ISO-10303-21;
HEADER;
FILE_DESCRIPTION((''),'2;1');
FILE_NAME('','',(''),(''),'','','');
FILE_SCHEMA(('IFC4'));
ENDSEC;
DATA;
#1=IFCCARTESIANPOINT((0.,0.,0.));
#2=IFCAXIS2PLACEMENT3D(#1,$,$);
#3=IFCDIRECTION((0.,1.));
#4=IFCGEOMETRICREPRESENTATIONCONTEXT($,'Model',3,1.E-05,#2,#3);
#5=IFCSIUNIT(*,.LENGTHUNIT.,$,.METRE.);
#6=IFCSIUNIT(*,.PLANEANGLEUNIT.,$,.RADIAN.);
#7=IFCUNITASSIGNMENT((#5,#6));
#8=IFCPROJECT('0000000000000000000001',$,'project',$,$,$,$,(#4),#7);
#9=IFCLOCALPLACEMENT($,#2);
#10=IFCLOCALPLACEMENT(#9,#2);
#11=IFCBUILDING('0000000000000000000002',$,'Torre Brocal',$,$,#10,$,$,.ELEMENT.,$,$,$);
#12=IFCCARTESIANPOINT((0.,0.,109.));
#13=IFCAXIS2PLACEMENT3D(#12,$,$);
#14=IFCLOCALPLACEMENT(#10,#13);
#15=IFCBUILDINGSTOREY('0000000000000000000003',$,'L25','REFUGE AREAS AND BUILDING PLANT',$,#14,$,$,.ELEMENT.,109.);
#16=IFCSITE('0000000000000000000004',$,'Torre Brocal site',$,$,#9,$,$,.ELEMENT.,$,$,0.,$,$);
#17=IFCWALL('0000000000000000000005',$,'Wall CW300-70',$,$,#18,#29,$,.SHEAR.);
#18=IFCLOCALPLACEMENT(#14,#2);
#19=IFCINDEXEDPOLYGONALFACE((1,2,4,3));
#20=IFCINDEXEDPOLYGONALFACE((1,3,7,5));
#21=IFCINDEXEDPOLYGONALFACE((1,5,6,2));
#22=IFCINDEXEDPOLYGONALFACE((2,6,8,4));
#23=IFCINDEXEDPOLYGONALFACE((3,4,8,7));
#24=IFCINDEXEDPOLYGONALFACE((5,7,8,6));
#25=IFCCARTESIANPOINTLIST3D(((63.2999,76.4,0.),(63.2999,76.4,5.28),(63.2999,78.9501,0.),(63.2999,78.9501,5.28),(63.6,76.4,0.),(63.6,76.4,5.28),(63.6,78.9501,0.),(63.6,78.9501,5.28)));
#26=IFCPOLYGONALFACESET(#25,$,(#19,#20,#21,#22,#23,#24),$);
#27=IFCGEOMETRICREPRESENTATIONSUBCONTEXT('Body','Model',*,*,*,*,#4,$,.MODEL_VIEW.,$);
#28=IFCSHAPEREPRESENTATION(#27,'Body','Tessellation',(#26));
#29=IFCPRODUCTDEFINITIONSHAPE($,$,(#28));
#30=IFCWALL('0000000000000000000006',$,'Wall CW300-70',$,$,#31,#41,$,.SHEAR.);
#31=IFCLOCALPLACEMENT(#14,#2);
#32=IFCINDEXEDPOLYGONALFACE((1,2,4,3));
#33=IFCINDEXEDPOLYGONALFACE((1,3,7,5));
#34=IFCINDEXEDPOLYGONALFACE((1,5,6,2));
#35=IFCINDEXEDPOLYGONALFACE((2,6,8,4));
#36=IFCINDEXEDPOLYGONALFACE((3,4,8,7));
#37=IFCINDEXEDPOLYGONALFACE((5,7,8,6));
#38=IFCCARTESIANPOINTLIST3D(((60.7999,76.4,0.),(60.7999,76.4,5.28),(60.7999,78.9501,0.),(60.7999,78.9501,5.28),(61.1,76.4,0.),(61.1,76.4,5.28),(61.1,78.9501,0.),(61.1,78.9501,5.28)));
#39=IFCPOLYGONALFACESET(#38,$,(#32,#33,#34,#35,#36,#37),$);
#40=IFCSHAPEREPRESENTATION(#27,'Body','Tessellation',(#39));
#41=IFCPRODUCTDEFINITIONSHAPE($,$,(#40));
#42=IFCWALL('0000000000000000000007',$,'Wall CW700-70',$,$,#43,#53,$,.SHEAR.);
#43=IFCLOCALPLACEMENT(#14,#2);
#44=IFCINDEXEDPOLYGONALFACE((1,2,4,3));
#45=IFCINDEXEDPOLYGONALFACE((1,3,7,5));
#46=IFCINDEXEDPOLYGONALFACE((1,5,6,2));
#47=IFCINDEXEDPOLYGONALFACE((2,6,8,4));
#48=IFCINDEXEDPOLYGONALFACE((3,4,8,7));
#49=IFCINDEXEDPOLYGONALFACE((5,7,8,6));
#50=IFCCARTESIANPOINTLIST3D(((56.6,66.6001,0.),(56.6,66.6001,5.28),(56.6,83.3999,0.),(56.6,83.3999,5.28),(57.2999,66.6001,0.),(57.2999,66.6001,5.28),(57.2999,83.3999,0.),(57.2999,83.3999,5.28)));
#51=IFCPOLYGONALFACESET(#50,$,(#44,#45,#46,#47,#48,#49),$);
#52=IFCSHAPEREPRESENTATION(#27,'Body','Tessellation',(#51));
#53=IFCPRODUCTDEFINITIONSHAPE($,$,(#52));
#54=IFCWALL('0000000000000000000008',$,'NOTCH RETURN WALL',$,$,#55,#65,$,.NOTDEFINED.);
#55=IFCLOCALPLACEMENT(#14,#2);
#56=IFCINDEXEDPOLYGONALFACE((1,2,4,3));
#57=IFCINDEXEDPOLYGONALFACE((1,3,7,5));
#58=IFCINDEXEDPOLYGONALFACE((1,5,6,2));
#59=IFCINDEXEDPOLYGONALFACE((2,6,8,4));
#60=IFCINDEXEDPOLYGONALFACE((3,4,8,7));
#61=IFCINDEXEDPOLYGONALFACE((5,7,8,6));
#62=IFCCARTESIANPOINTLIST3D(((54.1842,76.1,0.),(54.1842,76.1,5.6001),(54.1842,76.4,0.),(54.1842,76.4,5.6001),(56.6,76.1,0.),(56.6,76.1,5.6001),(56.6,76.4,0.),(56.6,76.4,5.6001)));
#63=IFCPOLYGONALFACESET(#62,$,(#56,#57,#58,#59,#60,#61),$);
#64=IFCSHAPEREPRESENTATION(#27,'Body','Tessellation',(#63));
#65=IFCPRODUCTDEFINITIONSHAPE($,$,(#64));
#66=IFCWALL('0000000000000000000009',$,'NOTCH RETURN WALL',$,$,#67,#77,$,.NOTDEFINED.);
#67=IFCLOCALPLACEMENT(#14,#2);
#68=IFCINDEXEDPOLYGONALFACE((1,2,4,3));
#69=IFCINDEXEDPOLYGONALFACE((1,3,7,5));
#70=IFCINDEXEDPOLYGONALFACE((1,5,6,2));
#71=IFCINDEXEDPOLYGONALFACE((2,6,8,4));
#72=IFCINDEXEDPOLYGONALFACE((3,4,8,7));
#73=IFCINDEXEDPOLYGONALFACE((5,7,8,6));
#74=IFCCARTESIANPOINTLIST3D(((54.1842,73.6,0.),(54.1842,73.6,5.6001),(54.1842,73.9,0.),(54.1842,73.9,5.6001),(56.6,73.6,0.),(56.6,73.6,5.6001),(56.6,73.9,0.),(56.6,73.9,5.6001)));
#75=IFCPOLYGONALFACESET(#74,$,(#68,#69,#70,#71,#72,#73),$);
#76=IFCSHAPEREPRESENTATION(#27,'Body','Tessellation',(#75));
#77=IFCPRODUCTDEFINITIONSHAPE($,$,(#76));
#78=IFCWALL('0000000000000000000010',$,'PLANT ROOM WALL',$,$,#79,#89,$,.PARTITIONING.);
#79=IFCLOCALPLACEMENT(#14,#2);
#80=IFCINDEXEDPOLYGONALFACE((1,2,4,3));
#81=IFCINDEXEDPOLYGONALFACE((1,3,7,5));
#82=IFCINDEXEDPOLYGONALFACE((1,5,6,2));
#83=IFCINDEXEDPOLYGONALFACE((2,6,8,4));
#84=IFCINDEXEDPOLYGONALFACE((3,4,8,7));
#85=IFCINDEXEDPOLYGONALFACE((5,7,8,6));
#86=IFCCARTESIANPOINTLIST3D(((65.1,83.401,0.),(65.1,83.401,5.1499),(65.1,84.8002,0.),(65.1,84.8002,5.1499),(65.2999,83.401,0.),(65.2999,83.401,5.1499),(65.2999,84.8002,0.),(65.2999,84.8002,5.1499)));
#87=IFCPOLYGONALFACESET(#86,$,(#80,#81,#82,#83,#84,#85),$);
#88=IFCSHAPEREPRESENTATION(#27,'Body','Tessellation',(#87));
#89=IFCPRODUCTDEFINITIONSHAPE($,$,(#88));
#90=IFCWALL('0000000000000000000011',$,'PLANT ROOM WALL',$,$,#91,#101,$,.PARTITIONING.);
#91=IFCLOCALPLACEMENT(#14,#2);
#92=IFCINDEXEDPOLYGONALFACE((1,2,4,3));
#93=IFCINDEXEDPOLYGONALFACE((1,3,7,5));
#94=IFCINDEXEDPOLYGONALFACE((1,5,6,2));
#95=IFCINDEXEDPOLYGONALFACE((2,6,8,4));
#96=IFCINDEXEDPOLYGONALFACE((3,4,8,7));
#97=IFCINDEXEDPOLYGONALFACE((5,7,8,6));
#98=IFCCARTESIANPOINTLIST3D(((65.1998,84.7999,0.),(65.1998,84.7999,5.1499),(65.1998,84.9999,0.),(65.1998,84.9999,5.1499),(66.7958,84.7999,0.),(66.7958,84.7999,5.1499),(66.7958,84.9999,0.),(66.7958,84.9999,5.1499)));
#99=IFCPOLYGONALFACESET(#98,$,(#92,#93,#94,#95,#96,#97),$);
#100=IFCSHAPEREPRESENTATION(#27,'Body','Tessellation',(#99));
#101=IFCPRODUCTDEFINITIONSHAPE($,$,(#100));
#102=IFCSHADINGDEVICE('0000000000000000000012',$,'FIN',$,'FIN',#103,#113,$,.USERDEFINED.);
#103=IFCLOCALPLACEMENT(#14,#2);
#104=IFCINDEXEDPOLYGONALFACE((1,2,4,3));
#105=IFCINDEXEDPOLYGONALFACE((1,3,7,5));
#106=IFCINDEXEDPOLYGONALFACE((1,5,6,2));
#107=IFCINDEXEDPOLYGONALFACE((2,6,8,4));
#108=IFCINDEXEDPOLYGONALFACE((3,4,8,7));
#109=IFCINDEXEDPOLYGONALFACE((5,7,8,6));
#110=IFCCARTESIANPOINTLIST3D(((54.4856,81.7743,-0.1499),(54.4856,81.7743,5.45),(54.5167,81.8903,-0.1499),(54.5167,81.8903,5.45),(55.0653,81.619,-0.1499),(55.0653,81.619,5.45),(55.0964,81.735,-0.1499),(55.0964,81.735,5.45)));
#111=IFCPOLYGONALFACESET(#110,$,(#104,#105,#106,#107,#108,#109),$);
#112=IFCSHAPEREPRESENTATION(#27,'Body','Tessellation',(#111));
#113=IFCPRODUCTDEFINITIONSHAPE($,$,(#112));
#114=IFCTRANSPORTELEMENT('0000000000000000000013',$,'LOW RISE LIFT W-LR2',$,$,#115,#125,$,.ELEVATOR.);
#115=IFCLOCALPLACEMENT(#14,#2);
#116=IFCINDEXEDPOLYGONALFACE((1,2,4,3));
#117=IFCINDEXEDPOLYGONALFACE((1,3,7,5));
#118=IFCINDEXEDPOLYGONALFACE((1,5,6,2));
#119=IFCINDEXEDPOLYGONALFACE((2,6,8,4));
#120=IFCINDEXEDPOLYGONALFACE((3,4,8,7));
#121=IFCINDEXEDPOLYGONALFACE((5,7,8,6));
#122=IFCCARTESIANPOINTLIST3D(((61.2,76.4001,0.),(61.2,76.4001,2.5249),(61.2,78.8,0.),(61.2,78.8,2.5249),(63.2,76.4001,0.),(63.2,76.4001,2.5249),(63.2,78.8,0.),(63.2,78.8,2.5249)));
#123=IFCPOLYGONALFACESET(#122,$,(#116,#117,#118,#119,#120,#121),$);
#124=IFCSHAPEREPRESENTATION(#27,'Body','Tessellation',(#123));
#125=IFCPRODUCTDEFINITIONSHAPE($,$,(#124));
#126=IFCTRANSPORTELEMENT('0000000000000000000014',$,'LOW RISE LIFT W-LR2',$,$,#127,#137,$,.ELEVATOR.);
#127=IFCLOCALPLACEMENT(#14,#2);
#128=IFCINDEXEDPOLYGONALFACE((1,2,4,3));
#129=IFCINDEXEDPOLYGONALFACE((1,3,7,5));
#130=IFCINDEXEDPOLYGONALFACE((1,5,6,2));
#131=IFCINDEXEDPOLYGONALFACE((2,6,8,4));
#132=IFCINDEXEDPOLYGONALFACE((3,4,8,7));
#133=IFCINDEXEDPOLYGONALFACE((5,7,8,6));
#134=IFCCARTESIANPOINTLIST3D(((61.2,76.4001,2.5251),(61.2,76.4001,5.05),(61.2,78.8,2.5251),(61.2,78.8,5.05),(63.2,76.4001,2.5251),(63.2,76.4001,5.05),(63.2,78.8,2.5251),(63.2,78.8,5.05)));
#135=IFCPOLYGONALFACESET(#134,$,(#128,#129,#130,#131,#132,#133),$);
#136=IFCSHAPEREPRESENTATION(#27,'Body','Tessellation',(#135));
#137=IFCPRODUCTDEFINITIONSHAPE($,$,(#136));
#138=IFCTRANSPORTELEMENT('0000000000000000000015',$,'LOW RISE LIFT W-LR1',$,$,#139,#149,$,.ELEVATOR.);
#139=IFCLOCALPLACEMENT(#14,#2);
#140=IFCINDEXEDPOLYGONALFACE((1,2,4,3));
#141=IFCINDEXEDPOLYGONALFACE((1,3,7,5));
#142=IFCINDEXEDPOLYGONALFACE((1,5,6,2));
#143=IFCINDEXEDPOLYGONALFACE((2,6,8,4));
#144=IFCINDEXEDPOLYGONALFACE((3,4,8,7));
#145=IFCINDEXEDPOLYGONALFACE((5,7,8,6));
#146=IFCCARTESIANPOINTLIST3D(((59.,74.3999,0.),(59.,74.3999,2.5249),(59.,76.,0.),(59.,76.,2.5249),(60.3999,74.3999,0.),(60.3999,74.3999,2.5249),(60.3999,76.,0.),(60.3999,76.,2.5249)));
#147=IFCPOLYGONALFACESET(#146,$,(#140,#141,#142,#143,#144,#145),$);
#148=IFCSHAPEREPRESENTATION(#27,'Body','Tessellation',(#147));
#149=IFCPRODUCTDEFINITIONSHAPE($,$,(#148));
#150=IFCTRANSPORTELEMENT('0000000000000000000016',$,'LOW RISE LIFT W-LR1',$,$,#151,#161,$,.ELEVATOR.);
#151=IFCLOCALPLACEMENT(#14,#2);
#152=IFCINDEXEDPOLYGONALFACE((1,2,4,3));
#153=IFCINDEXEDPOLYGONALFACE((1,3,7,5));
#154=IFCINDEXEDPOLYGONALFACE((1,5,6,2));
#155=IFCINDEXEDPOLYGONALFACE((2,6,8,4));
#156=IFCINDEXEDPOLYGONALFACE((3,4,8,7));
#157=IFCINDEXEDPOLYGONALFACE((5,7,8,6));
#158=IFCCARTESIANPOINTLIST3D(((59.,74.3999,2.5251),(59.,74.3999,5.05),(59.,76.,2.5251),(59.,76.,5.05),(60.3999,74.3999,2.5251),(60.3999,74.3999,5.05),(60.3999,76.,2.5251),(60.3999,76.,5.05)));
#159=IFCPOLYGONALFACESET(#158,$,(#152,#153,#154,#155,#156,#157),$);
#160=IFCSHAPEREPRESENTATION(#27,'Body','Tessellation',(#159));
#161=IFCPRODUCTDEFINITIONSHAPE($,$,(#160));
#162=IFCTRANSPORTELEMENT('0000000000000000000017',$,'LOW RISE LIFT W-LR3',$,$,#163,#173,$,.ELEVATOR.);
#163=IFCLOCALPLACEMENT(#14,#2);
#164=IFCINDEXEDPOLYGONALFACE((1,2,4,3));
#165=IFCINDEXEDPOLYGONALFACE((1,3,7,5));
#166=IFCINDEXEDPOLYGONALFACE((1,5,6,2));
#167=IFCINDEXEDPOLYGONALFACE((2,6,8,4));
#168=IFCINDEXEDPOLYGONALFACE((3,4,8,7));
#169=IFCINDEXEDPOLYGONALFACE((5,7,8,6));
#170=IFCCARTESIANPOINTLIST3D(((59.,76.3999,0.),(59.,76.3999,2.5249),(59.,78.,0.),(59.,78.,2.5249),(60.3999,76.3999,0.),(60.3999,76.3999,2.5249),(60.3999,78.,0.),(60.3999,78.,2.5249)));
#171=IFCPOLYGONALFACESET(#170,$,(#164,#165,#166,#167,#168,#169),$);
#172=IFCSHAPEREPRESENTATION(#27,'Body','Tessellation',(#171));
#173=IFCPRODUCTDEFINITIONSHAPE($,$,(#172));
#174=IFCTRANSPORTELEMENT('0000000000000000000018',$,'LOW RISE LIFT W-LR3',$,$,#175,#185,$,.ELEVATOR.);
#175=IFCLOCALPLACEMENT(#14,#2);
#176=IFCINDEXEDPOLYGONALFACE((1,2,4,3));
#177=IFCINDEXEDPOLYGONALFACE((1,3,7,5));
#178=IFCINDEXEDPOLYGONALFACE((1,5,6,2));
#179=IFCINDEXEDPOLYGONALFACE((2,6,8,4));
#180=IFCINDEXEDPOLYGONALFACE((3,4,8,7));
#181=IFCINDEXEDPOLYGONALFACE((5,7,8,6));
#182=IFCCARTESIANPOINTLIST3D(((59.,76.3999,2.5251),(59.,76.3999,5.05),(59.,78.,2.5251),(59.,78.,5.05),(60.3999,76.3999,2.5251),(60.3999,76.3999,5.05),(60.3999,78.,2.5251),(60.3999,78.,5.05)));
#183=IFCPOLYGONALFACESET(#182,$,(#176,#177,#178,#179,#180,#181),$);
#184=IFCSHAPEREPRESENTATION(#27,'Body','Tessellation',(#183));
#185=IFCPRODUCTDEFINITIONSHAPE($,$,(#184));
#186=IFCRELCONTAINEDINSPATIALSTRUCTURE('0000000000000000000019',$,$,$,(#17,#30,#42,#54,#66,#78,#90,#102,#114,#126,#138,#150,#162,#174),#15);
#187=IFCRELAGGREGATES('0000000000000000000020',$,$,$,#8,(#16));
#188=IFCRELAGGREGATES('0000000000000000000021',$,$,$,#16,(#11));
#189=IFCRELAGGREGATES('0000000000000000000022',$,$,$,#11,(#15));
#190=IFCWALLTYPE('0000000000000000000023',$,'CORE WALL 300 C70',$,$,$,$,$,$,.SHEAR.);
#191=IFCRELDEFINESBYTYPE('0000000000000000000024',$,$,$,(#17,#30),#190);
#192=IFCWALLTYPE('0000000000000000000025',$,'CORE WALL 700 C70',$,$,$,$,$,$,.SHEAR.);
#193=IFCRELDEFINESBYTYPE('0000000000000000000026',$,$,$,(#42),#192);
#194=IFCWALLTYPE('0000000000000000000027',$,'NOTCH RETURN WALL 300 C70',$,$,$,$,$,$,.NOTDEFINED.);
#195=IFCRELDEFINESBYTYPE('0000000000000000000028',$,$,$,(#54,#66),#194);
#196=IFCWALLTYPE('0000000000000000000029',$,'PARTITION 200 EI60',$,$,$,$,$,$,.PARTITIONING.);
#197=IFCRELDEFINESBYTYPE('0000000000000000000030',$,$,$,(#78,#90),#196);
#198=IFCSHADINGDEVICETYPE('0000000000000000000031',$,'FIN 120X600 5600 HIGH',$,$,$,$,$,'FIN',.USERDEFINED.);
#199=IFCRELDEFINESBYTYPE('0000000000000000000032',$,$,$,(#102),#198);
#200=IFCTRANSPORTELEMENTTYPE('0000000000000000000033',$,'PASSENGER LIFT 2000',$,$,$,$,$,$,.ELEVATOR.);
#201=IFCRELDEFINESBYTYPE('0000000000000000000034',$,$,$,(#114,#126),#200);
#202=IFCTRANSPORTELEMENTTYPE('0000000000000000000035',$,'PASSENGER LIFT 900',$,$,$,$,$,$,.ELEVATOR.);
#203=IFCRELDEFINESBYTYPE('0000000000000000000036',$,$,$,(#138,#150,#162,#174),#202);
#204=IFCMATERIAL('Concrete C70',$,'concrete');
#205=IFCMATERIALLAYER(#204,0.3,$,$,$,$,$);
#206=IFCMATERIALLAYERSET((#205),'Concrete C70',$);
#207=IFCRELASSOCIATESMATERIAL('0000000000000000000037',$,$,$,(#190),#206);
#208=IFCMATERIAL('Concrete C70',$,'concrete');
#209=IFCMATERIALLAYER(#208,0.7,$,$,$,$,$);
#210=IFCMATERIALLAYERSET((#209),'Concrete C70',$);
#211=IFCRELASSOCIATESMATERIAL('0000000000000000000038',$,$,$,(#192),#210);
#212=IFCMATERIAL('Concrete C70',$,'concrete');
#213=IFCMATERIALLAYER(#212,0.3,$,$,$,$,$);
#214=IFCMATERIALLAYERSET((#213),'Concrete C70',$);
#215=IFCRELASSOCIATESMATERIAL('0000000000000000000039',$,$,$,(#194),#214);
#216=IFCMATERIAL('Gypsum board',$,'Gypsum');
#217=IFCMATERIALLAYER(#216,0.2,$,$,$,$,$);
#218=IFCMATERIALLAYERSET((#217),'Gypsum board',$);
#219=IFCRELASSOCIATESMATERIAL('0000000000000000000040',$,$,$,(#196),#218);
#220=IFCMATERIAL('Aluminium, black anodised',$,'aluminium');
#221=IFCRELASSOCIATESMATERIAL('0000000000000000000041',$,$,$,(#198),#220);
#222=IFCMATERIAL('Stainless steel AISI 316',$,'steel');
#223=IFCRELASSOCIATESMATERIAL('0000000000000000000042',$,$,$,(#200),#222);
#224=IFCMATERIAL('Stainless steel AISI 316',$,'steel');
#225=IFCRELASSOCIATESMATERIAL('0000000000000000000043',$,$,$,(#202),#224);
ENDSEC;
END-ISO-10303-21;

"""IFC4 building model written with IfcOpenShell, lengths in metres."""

from ifc_helpers import new_model, si_unit, direction, frame, frame_2d, origin, origin_2d, place, context, subcontext, project, spatial, rectangle, extrude, material, layer, layer_set, material_profile, profile_set, type_object, element, save


model = new_model("IFC4")

# Units and contexts
model_context = context("Model", 3, precision=1e-05, world=origin(), true_north=direction((0.0, 1.0)))
body_context = subcontext(model_context, "Body", "Model", "MODEL_VIEW")
ifc_project = project(units=[si_unit("LENGTHUNIT", "METRE"), si_unit("PLANEANGLEUNIT", "RADIAN")], contexts=[model_context])

# Site, building, storey
site_placement = place(None, origin())
site = spatial("IfcSite", under=ifc_project, at=site_placement, Name="Torre Brocal site", CompositionType="ELEMENT", RefElevation=0.0)
building_placement = place(site_placement, origin())
building = spatial("IfcBuilding", under=site, at=building_placement, Name="Torre Brocal", CompositionType="ELEMENT")
storey_placement = place(building_placement, frame((0.0, 0.0, 109.0)))
storey = spatial("IfcBuildingStorey", under=building, at=storey_placement, Name="L25", Description="REFUGE AREAS AND BUILDING PLANT", CompositionType="ELEMENT", Elevation=109.0)

# Walls
ifc_material_1 = material(Name="Concrete C70", Category="concrete")
ifc_layer_1 = layer(ifc_material_1, 0.3)
ifc_layer_set_1 = layer_set([ifc_layer_1], Name="Concrete C70")
wall_type_1 = type_object("IfcWallType", Name="CORE WALL 300 C70", PredefinedType="SHEAR", material=ifc_layer_set_1)
for number, where, z_axis, x_axis, name in (
    (1, (63.45, 78.95, 0.0), (0.0, 0.0, 1.0), (0.0, -1.0, 0.0), "Wall CW300-70"),
    (2, (60.95, 78.95, 0.0), (0.0, 0.0, 1.0), (0.0, -1.0, 0.0), "Wall CW300-70"),
):
    element("IfcWall", number, at=place(storey_placement, frame(where, z_axis=z_axis, x_axis=x_axis)), inside=storey, type_object=wall_type_1, Name=name, PredefinedType="SHEAR", context=body_context, shape_type="SweptSolid", body=[
        extrude(rectangle(XDim=2.55, YDim=0.3, at=frame_2d((1.2749, 0.0))), origin(), (0.0, 0.0, 1.0), 5.28),
    ])
ifc_material_2 = material(Name="Concrete C70", Category="concrete")
ifc_layer_2 = layer(ifc_material_2, 0.7)
ifc_layer_set_2 = layer_set([ifc_layer_2], Name="Concrete C70")
wall_type_2 = type_object("IfcWallType", Name="CORE WALL 700 C70", PredefinedType="SHEAR", material=ifc_layer_set_2)
wall_1_placement = place(storey_placement, frame((56.95, 83.3999, 0.0), z_axis=(0.0, 0.0, 1.0), x_axis=(0.0, -1.0, 0.0)))
element("IfcWall", 3, at=wall_1_placement, inside=storey, type_object=wall_type_2, Name="Wall CW700-70", PredefinedType="SHEAR", context=body_context, shape_type="SweptSolid", body=[
    extrude(rectangle(XDim=16.7998, YDim=0.7, at=frame_2d((8.3999, 0.0))), origin(), (0.0, 0.0, 1.0), 5.28),
])
ifc_material_3 = material(Name="Concrete C70", Category="concrete")
ifc_layer_3 = layer(ifc_material_3, 0.3)
ifc_layer_set_3 = layer_set([ifc_layer_3], Name="Concrete C70")
wall_type_3 = type_object("IfcWallType", Name="NOTCH RETURN WALL 300 C70", PredefinedType="NOTDEFINED", material=ifc_layer_set_3)
for number, where, z_axis, x_axis, name in (
    (4, (56.6001, 76.25, 0.0), (0.0, 0.0, 1.0), (-1.0, 0.0, 0.0), "NOTCH RETURN WALL"),
    (5, (56.6001, 73.75, 0.0), (0.0, 0.0, 1.0), (-1.0, 0.0, 0.0), "NOTCH RETURN WALL"),
):
    element("IfcWall", number, at=place(storey_placement, frame(where, z_axis=z_axis, x_axis=x_axis)), inside=storey, type_object=wall_type_3, Name=name, PredefinedType="NOTDEFINED", context=body_context, shape_type="SweptSolid", body=[
        extrude(rectangle(XDim=2.4158, YDim=0.3, at=frame_2d((1.208, 0.0))), origin(), (0.0, 0.0, 1.0), 5.6001),
    ])
ifc_material_4 = material(Name="Gypsum board", Category="Gypsum")
ifc_layer_4 = layer(ifc_material_4, 0.2)
ifc_layer_set_4 = layer_set([ifc_layer_4], Name="Gypsum board")
wall_type_4 = type_object("IfcWallType", Name="PARTITION 200 EI60", PredefinedType="PARTITIONING", material=ifc_layer_set_4)
wall_2_placement = place(storey_placement, frame((65.2, 83.4009, 0.0), z_axis=(0.0, 0.0, 1.0), x_axis=(0.0, 1.0, 0.0)))
element("IfcWall", 6, at=wall_2_placement, inside=storey, type_object=wall_type_4, Name="PLANT ROOM WALL", PredefinedType="PARTITIONING", context=body_context, shape_type="SweptSolid", body=[
    extrude(rectangle(XDim=1.3992, YDim=0.2, at=frame_2d((0.6997, 0.0))), origin(), (0.0, 0.0, 1.0), 5.1499),
])
wall_3_placement = place(storey_placement, frame((65.2, 84.8999, 0.0), z_axis=(0.0, 0.0, 1.0), x_axis=(1.0, 0.0, 0.0)))
element("IfcWall", 7, at=wall_3_placement, inside=storey, type_object=wall_type_4, Name="PLANT ROOM WALL", PredefinedType="PARTITIONING", context=body_context, shape_type="SweptSolid", body=[
    extrude(rectangle(XDim=1.5959, YDim=0.2, at=frame_2d((0.7979, 0.0))), origin(), (0.0, 0.0, 1.0), 5.1499),
])

# Shading device
ifc_material_5 = material(Name="Aluminium, black anodised", Category="aluminium")
ifc_material_profile_1 = material_profile(ifc_material_5, rectangle(XDim=0.1201, YDim=0.6001, at=origin_2d()), Name="FIN 120X600 5600 HIGH")
ifc_profile_set_1 = profile_set([ifc_material_profile_1], Name="Aluminium, black anodised")
shading_device_type = type_object("IfcShadingDeviceType", Name="FIN 120X600 5600 HIGH", ElementType="FIN", PredefinedType="USERDEFINED", material=ifc_profile_set_1)
shading_device_placement = place(storey_placement, frame((54.791, 81.7546, -0.1499), z_axis=(0.0, 0.0, 1.0), x_axis=(-0.258819, -0.965926, 0.0)))
element("IfcShadingDevice", 8, at=shading_device_placement, inside=storey, type_object=shading_device_type, Name="FIN", ObjectType="FIN", PredefinedType="USERDEFINED", context=body_context, shape_type="SweptSolid", body=[
    extrude(rectangle(XDim=0.1201, YDim=0.6001, at=origin_2d()), origin(), (0.0, 0.0, 1.0), 5.5999),
])

# Transport elements
ifc_material_6 = material(Name="Stainless steel AISI 316", Category="steel")
transport_element_type_1 = type_object("IfcTransportElementType", Name="PASSENGER LIFT 2000", PredefinedType="ELEVATOR", material=ifc_material_6)
for number, where, z_axis, x_axis, name in (
    (9, (62.2, 77.6001, 0.0), (0.0, 0.0, 1.0), (1.0, 0.0, 0.0), "LOW RISE LIFT W-LR2"),
    (10, (62.2, 77.6001, 2.5251), (0.0, 0.0, 1.0), (1.0, 0.0, 0.0), "LOW RISE LIFT W-LR2"),
):
    element("IfcTransportElement", number, at=place(storey_placement, frame(where, z_axis=z_axis, x_axis=x_axis)), inside=storey, type_object=transport_element_type_1, Name=name, PredefinedType="ELEVATOR", context=body_context, shape_type="SweptSolid", body=[
        extrude(rectangle(XDim=2.0, YDim=2.3999, at=origin_2d()), origin(), (0.0, 0.0, 1.0), 2.5249),
    ])
ifc_material_7 = material(Name="Stainless steel AISI 316", Category="steel")
transport_element_type_2 = type_object("IfcTransportElementType", Name="PASSENGER LIFT 900", PredefinedType="ELEVATOR", material=ifc_material_7)
for number, where, z_axis, x_axis, name in (
    (11, (59.7, 75.2, 0.0), (0.0, 0.0, 1.0), (1.0, 0.0, 0.0), "LOW RISE LIFT W-LR1"),
    (12, (59.7, 75.2, 2.5251), (0.0, 0.0, 1.0), (1.0, 0.0, 0.0), "LOW RISE LIFT W-LR1"),
    (13, (59.7, 77.2, 0.0), (0.0, 0.0, 1.0), (1.0, 0.0, 0.0), "LOW RISE LIFT W-LR3"),
    (14, (59.7, 77.2, 2.5251), (0.0, 0.0, 1.0), (1.0, 0.0, 0.0), "LOW RISE LIFT W-LR3"),
):
    element("IfcTransportElement", number, at=place(storey_placement, frame(where, z_axis=z_axis, x_axis=x_axis)), inside=storey, type_object=transport_element_type_2, Name=name, PredefinedType="ELEVATOR", context=body_context, shape_type="SweptSolid", body=[
        extrude(rectangle(XDim=1.3999, YDim=1.6001, at=origin_2d()), origin(), (0.0, 0.0, 1.0), 2.5249),
    ])

save(model, "model.ifc")
